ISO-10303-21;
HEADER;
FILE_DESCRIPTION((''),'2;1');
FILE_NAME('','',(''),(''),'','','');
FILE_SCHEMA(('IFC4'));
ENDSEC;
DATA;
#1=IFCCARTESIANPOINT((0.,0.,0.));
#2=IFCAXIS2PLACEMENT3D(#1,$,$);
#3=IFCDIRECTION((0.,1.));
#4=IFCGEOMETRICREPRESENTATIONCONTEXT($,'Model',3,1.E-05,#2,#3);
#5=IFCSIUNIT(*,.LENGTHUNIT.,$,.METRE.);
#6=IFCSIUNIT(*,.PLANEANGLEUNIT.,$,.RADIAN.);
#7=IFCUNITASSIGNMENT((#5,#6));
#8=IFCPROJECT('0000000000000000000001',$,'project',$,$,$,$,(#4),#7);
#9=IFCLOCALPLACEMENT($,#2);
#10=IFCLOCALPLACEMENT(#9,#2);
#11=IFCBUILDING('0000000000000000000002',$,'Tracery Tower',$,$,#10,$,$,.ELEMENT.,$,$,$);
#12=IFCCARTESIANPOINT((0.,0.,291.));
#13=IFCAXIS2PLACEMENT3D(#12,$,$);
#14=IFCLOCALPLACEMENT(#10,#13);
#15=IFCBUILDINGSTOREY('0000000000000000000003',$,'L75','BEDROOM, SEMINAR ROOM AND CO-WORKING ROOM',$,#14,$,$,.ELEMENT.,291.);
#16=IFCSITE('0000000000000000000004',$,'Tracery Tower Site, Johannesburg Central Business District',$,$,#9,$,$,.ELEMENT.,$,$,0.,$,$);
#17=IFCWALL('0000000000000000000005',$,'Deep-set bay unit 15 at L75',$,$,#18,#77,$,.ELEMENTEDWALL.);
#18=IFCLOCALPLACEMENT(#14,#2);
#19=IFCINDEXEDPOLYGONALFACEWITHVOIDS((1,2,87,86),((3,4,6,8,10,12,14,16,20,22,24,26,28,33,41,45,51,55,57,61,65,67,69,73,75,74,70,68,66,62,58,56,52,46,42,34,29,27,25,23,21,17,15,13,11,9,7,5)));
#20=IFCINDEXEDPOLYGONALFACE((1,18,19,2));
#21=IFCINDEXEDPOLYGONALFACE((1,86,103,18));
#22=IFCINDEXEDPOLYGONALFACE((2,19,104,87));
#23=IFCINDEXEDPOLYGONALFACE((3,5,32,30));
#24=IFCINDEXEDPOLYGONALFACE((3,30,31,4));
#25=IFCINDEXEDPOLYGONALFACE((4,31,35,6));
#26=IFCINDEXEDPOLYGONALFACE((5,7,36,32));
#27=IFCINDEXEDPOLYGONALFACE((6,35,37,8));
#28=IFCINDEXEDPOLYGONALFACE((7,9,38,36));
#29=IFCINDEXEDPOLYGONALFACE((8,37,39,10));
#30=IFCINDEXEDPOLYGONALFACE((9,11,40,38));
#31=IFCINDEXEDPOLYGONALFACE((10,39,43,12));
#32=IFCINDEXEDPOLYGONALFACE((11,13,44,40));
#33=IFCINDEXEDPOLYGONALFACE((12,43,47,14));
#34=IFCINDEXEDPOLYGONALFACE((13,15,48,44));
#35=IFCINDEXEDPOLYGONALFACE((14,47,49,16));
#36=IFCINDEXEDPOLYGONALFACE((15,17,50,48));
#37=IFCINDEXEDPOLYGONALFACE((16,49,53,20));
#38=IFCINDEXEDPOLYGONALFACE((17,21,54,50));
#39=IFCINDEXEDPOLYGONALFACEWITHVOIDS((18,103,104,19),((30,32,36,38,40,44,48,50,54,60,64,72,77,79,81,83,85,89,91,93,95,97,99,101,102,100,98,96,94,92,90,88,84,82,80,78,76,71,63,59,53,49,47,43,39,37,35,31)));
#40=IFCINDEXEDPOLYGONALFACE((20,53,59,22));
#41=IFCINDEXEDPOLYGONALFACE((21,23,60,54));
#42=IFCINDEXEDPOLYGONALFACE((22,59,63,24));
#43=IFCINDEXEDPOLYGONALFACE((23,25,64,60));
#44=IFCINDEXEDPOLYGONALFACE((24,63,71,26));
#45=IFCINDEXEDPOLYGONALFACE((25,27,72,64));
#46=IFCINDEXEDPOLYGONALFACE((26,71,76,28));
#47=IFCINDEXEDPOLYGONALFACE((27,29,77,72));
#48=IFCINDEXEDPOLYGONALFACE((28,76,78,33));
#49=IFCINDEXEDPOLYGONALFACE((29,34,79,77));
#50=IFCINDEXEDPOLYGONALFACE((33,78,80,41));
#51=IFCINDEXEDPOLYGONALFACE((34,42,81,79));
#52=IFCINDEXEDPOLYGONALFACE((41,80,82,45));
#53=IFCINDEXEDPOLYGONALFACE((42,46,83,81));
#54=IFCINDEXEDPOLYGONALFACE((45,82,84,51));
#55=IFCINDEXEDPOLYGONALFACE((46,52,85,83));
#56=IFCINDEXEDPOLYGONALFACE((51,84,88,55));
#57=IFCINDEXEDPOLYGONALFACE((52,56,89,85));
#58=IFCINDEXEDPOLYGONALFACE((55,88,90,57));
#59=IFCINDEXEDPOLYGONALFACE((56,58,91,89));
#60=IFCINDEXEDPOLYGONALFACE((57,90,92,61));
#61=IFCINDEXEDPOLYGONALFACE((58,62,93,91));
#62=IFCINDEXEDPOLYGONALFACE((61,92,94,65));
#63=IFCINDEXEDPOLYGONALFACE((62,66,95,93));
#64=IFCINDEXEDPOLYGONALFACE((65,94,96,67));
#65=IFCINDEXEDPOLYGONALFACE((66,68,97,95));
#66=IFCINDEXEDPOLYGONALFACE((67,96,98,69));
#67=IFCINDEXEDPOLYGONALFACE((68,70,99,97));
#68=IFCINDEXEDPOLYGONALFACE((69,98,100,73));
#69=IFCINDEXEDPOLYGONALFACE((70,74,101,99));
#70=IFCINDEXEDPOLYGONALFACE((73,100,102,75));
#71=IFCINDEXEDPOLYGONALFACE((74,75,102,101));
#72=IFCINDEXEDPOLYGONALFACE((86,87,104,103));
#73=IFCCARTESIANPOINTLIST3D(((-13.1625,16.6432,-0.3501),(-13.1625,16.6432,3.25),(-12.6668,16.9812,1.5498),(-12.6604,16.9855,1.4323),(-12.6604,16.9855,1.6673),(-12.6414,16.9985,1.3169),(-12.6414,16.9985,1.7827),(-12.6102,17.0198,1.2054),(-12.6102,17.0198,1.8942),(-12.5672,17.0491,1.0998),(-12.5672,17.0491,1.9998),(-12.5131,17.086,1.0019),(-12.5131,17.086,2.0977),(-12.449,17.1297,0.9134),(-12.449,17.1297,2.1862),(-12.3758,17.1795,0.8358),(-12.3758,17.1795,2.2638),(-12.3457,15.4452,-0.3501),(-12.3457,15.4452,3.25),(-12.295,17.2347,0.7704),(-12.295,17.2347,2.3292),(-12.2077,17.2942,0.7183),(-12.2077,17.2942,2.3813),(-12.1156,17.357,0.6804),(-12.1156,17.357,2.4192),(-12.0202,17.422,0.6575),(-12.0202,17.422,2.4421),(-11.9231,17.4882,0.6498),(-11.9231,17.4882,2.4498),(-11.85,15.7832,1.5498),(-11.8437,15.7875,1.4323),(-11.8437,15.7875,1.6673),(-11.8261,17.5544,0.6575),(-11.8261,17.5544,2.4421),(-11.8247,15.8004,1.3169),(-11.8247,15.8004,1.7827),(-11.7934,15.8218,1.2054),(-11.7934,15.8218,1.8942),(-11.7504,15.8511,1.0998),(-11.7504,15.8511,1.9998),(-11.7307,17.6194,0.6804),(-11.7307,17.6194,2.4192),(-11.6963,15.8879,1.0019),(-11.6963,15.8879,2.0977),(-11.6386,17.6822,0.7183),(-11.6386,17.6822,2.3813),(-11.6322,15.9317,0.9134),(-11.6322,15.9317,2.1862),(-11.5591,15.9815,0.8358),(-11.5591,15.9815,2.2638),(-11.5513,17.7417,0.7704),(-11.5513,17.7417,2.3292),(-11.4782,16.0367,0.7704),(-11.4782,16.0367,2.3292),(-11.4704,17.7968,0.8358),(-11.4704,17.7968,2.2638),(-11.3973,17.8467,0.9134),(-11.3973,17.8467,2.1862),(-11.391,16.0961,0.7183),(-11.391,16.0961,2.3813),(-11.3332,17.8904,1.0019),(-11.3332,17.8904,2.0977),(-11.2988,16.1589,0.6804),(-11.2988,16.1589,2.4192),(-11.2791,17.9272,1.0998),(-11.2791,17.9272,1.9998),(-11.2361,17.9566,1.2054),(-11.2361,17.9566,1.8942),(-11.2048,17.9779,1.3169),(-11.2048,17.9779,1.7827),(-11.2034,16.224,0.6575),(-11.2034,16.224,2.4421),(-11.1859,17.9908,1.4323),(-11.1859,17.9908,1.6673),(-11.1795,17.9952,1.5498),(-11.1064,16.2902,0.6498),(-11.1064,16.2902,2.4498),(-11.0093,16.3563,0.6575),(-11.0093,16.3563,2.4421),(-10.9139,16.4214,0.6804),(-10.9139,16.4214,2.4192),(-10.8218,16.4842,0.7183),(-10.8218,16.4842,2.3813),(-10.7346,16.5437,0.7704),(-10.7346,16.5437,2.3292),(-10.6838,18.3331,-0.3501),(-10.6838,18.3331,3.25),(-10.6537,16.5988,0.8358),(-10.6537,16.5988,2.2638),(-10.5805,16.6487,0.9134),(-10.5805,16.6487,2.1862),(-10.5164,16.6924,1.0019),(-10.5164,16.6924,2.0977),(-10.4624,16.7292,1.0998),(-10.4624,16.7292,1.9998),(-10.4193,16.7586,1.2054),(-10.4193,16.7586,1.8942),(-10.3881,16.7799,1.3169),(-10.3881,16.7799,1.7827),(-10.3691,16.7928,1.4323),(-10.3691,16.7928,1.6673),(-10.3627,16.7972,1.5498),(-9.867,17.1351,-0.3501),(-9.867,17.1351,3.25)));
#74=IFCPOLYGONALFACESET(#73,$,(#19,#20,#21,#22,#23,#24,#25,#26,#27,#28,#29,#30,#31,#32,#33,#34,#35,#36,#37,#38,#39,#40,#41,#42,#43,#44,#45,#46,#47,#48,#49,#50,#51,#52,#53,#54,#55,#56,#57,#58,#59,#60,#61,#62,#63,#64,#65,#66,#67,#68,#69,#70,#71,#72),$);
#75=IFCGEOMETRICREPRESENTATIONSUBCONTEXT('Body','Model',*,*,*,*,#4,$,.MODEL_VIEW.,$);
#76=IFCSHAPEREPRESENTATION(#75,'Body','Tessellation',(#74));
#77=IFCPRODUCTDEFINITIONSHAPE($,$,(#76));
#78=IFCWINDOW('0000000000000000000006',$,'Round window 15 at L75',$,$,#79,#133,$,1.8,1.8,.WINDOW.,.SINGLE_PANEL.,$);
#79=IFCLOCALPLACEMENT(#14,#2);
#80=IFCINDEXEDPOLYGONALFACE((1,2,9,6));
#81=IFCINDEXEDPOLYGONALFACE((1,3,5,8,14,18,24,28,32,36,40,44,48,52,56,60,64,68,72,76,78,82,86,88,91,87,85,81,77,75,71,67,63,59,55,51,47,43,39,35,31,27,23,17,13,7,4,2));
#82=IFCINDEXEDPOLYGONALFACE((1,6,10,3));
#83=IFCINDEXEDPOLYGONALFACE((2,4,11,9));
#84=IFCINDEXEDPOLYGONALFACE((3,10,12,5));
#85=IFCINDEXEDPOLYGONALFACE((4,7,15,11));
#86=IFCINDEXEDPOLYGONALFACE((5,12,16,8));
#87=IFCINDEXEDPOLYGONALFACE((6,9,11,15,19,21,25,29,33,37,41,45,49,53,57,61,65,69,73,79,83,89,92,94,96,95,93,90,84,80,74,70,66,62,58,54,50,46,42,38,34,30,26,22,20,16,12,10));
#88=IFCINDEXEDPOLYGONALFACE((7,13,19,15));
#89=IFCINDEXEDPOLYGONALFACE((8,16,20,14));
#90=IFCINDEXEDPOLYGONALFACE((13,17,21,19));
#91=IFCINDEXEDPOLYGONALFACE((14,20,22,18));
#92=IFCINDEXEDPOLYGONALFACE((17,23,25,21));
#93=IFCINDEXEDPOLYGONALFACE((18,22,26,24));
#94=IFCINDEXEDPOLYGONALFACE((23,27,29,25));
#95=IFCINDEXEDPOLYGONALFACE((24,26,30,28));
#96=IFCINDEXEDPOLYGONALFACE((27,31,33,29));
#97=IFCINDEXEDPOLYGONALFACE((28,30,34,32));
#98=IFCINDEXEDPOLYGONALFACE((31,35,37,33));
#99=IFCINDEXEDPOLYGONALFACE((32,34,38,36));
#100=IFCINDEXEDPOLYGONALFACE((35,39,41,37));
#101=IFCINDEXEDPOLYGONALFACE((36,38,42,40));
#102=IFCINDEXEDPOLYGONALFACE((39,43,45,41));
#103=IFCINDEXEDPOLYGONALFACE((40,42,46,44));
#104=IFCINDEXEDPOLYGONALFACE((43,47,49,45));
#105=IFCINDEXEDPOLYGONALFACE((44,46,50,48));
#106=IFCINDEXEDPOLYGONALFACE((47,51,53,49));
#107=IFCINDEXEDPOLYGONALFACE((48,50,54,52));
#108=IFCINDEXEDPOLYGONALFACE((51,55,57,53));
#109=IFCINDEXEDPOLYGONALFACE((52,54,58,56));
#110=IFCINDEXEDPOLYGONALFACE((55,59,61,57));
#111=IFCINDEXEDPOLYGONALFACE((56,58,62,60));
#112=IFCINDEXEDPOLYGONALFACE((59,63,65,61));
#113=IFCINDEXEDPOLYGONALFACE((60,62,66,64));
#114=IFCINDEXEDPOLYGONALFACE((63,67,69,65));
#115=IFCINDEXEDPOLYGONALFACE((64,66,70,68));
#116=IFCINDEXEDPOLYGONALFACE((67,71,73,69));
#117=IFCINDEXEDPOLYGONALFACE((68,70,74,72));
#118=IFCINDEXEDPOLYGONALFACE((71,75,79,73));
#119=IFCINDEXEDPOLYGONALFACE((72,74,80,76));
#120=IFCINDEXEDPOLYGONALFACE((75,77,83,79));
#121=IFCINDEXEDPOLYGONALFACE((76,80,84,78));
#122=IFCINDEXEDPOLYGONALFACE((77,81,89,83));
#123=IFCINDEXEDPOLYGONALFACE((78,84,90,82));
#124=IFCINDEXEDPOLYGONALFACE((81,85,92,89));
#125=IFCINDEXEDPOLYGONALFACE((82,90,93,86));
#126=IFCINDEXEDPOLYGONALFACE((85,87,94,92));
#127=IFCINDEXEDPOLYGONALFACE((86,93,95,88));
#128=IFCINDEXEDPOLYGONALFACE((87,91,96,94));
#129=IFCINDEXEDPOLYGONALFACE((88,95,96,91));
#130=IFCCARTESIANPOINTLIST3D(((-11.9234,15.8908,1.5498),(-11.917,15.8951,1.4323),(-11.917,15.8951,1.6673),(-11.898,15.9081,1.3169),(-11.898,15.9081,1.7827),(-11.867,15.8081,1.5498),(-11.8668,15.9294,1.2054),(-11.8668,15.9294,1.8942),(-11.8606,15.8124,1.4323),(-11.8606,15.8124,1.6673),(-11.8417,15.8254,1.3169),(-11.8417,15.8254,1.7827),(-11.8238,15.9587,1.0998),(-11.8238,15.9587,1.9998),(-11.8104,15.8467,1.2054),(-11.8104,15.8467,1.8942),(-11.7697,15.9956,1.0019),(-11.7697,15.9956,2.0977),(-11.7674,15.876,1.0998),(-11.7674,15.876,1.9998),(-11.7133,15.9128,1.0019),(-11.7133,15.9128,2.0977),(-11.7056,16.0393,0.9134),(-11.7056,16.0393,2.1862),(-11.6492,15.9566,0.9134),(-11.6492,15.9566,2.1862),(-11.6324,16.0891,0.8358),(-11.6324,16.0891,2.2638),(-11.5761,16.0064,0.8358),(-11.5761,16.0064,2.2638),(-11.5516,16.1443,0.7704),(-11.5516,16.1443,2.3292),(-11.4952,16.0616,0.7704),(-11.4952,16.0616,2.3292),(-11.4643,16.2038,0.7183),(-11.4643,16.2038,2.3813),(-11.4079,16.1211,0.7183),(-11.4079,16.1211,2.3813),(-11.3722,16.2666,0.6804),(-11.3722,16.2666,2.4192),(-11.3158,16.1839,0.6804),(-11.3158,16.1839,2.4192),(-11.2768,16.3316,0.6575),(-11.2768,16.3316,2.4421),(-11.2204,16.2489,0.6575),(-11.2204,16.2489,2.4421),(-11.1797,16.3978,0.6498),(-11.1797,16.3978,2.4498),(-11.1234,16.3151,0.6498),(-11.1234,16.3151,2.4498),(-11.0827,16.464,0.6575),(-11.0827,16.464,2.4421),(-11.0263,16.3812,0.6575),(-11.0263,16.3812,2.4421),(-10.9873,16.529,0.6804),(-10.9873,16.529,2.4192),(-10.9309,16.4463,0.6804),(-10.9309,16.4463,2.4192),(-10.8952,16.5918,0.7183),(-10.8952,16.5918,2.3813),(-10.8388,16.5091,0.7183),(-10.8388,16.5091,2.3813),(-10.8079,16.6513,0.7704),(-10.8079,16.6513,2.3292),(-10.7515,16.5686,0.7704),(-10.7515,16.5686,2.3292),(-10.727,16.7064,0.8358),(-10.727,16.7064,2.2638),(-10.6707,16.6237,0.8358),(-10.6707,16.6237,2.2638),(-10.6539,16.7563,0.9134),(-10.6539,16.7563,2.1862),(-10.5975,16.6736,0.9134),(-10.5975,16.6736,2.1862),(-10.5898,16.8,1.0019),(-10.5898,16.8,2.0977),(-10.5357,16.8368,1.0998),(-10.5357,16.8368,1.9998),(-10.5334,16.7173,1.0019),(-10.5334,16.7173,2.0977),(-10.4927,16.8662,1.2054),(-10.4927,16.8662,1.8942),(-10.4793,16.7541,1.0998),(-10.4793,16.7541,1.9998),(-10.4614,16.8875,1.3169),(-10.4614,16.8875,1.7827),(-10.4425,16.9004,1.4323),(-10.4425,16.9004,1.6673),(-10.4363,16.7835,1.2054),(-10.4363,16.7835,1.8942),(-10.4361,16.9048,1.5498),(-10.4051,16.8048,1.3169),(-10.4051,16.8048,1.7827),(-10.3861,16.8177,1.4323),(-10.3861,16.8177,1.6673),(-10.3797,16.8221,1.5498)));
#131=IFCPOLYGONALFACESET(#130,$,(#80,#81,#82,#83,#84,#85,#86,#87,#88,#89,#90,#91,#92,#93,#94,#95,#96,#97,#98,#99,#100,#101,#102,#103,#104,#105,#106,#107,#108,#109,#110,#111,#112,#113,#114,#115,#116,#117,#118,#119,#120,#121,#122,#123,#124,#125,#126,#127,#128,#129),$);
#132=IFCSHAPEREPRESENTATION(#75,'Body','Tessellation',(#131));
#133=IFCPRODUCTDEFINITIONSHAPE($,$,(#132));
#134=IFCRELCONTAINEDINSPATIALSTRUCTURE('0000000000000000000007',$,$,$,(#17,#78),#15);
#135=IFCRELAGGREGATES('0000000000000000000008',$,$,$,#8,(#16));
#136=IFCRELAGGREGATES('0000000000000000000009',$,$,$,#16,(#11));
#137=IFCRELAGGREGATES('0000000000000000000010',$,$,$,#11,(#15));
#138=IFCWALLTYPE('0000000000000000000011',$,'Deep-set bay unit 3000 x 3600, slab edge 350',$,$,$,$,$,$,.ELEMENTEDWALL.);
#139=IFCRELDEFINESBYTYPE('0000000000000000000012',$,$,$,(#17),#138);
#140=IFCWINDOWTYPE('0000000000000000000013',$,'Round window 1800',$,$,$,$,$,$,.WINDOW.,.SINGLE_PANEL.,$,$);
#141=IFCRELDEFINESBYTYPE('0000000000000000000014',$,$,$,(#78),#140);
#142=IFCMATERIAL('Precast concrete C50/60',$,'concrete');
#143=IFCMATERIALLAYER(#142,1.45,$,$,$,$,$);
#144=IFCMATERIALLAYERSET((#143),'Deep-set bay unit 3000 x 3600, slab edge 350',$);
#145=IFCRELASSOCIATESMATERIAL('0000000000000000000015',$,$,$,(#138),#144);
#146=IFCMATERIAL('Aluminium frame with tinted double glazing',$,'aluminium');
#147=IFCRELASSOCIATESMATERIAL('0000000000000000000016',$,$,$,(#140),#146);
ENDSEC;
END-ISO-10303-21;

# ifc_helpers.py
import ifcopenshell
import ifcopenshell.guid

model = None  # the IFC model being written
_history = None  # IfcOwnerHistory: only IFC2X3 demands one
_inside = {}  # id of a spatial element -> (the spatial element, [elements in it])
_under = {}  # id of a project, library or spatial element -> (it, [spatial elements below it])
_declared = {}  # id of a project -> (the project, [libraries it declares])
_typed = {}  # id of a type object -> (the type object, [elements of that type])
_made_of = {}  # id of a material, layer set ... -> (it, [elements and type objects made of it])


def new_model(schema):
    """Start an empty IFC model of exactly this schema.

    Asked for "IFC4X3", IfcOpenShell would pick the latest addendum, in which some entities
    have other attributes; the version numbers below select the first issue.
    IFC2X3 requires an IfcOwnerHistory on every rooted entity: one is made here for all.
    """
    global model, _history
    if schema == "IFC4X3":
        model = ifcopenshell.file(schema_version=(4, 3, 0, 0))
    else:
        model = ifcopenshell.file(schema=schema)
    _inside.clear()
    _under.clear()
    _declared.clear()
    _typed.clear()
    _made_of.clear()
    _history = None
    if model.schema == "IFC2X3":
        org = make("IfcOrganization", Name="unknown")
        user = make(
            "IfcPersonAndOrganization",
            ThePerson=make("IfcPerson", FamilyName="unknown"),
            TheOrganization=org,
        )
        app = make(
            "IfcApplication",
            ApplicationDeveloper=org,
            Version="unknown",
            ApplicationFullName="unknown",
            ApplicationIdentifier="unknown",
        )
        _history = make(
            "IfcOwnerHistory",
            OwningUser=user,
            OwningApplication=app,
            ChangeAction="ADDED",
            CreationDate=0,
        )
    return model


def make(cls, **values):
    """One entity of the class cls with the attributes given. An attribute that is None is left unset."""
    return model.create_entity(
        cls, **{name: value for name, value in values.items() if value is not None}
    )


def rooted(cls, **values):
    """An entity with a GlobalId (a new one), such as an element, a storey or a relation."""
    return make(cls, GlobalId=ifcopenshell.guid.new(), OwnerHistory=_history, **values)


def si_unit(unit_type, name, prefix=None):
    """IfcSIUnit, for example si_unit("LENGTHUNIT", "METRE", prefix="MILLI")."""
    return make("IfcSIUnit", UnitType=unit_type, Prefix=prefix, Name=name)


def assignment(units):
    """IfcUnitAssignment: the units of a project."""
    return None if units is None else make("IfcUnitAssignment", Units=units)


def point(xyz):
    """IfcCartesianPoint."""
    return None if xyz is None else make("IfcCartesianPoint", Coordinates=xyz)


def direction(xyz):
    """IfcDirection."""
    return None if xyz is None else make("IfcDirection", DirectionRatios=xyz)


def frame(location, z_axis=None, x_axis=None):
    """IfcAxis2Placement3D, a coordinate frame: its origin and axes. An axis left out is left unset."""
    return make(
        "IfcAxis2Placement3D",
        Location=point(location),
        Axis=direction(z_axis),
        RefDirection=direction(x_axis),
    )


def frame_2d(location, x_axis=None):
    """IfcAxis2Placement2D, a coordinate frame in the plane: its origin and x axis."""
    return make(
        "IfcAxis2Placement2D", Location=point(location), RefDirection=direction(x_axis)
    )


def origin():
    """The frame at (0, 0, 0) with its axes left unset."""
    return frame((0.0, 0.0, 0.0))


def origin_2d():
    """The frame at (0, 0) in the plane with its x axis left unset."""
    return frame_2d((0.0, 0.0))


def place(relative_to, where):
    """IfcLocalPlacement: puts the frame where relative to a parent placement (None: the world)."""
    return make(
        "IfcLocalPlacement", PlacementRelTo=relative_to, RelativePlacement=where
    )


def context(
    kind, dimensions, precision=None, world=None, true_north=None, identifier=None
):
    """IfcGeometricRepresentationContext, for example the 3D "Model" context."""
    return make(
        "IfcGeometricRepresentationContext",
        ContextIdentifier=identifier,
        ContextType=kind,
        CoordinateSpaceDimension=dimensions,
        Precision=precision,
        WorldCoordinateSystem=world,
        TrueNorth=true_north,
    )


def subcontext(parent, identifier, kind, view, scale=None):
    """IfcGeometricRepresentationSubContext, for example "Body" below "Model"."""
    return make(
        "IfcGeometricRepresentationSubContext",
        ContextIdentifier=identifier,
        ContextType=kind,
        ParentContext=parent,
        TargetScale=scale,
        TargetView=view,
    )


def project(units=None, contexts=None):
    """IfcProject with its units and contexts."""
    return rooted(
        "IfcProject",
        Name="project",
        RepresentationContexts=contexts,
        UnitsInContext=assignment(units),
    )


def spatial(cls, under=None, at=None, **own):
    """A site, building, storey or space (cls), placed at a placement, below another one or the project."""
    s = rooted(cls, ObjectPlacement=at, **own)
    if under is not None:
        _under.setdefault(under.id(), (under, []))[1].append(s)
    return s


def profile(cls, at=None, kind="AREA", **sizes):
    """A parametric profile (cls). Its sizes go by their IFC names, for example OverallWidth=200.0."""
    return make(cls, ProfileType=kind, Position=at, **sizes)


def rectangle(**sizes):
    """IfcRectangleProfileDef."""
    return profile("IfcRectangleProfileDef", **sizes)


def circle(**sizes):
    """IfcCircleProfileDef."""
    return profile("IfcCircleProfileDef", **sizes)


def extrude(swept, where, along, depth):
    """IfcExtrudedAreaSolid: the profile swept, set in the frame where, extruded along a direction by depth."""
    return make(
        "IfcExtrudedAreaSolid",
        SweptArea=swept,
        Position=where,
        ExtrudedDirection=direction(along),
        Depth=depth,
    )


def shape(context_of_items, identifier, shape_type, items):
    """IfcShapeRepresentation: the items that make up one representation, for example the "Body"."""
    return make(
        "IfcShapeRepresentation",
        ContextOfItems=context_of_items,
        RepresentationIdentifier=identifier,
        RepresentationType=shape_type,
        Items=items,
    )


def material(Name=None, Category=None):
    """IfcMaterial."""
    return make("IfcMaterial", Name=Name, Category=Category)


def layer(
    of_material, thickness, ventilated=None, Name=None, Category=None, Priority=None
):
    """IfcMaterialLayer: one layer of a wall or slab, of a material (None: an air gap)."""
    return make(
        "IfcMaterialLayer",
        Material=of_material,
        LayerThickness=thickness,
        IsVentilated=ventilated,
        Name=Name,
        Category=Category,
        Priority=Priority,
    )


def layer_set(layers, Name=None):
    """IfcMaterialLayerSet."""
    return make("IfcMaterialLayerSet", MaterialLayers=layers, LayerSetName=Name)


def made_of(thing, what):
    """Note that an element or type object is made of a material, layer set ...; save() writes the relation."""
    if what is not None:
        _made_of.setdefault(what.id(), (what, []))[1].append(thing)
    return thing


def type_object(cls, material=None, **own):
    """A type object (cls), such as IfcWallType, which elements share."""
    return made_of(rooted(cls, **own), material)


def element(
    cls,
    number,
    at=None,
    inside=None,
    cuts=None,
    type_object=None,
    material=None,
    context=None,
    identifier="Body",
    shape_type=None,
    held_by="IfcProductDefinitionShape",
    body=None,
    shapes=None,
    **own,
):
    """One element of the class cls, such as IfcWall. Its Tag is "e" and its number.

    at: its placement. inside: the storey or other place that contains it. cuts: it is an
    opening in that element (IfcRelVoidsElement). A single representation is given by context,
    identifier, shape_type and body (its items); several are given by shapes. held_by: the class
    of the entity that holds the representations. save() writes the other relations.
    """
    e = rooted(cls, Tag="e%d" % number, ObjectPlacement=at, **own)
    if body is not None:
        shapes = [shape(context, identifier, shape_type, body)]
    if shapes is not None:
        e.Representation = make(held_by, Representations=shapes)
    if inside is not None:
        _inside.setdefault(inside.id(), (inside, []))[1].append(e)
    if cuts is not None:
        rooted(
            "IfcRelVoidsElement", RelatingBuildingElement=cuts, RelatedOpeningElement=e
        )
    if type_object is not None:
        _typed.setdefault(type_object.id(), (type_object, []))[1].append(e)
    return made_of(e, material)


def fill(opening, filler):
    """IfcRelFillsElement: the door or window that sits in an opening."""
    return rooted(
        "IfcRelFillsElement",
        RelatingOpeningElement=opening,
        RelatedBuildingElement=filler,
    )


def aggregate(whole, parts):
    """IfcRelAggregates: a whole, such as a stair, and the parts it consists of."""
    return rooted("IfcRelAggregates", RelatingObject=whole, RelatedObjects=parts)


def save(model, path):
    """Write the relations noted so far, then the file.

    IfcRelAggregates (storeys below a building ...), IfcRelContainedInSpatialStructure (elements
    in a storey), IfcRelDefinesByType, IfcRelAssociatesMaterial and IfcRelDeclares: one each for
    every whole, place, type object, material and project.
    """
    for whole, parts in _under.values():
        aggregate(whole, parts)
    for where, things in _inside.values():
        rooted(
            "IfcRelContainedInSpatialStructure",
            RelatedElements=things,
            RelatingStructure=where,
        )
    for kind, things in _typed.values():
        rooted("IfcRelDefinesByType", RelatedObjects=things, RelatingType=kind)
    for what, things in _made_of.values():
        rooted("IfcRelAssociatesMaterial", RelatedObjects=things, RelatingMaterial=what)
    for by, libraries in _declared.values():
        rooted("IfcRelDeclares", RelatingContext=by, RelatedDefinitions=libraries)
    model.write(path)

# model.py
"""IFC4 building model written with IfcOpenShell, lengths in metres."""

from ifc_helpers import new_model, si_unit, direction, frame, frame_2d, origin, origin_2d, place, context, subcontext, project, spatial, rectangle, circle, extrude, material, layer, layer_set, type_object, element, fill, save


model = new_model("IFC4")

# Units and contexts
model_context = context("Model", 3, precision=1e-05, world=origin(), true_north=direction((0.0, 1.0)))
body_context = subcontext(model_context, "Body", "Model", "MODEL_VIEW")
ifc_project = project(units=[si_unit("LENGTHUNIT", "METRE"), si_unit("PLANEANGLEUNIT", "RADIAN")], contexts=[model_context])

# Site, building, storey
site_placement = place(None, origin())
site = spatial("IfcSite", under=ifc_project, at=site_placement, Name="Tracery Tower Site, Johannesburg Central Business District", CompositionType="ELEMENT", RefElevation=0.0)
building_placement = place(site_placement, origin())
building = spatial("IfcBuilding", under=site, at=building_placement, Name="Tracery Tower", CompositionType="ELEMENT")
storey_placement = place(building_placement, frame((0.0, 0.0, 291.0)))
storey = spatial("IfcBuildingStorey", under=building, at=storey_placement, Name="L75", Description="BEDROOM, SEMINAR ROOM AND CO-WORKING ROOM", CompositionType="ELEMENT", Elevation=291.0)

# Wall, opening, window
ifc_material_1 = material(Name="Precast concrete C50/60", Category="concrete")
ifc_layer_1 = layer(ifc_material_1, 1.45)
ifc_layer_set_1 = layer_set([ifc_layer_1], Name="Deep-set bay unit 3000 x 3600, slab edge 350")
wall_type_1 = type_object("IfcWallType", Name="Deep-set bay unit 3000 x 3600, slab edge 350", PredefinedType="ELEMENTEDWALL", material=ifc_layer_set_1)
wall_1_placement = place(storey_placement, frame((-10.2754, 17.7341, -0.3501), z_axis=(0.0, 0.0, 1.0), x_axis=(-0.826246, -0.563309, 0.0)))
wall_1 = element("IfcWall", 1, at=wall_1_placement, inside=storey, type_object=wall_type_1, Name="Deep-set bay unit 15 at L75", PredefinedType="ELEMENTEDWALL", context=body_context, shape_type="SweptSolid", body=[
    extrude(rectangle(XDim=3.0, YDim=1.45, at=frame_2d((1.5, 0.0))), origin(), (0.0, 0.0, 1.0), 3.6001),
])
opening_1_placement = place(wall_1_placement, frame((1.5, 0.0, 1.8999)))
opening_1 = element("IfcOpeningElement", 2, at=opening_1_placement, cuts=wall_1, PredefinedType="OPENING", context=body_context, shape_type="SweptSolid", body=[
    extrude(circle(Radius=0.9, at=origin_2d()), frame((0.0, 0.7349, 0.0), z_axis=(0.0, -1.0, 0.0), x_axis=(1.0, 0.0, 0.0)), (0.0, 0.0, 1.0), 1.47),
])
ifc_material_2 = material(Name="Aluminium frame with tinted double glazing", Category="aluminium")
window_type = type_object("IfcWindowType", Name="Round window 1800", PartitioningType="SINGLE_PANEL", PredefinedType="WINDOW", material=ifc_material_2)
window_1_placement = place(opening_1_placement, origin())
window_1 = element("IfcWindow", 3, at=window_1_placement, inside=storey, type_object=window_type, Name="Round window 15 at L75", OverallHeight=1.8, OverallWidth=1.8, PartitioningType="SINGLE_PANEL", PredefinedType="WINDOW", context=body_context, shape_type="SweptSolid", body=[
    extrude(circle(Radius=0.9, at=origin_2d()), frame((0.0, 0.6948, 0.0), z_axis=(0.0, -1.0, 0.0), x_axis=(1.0, 0.0, 0.0)), (0.0, 0.0, 1.0), 0.1001),
])
fill(opening_1, window_1)

save(model, "model.ifc")
